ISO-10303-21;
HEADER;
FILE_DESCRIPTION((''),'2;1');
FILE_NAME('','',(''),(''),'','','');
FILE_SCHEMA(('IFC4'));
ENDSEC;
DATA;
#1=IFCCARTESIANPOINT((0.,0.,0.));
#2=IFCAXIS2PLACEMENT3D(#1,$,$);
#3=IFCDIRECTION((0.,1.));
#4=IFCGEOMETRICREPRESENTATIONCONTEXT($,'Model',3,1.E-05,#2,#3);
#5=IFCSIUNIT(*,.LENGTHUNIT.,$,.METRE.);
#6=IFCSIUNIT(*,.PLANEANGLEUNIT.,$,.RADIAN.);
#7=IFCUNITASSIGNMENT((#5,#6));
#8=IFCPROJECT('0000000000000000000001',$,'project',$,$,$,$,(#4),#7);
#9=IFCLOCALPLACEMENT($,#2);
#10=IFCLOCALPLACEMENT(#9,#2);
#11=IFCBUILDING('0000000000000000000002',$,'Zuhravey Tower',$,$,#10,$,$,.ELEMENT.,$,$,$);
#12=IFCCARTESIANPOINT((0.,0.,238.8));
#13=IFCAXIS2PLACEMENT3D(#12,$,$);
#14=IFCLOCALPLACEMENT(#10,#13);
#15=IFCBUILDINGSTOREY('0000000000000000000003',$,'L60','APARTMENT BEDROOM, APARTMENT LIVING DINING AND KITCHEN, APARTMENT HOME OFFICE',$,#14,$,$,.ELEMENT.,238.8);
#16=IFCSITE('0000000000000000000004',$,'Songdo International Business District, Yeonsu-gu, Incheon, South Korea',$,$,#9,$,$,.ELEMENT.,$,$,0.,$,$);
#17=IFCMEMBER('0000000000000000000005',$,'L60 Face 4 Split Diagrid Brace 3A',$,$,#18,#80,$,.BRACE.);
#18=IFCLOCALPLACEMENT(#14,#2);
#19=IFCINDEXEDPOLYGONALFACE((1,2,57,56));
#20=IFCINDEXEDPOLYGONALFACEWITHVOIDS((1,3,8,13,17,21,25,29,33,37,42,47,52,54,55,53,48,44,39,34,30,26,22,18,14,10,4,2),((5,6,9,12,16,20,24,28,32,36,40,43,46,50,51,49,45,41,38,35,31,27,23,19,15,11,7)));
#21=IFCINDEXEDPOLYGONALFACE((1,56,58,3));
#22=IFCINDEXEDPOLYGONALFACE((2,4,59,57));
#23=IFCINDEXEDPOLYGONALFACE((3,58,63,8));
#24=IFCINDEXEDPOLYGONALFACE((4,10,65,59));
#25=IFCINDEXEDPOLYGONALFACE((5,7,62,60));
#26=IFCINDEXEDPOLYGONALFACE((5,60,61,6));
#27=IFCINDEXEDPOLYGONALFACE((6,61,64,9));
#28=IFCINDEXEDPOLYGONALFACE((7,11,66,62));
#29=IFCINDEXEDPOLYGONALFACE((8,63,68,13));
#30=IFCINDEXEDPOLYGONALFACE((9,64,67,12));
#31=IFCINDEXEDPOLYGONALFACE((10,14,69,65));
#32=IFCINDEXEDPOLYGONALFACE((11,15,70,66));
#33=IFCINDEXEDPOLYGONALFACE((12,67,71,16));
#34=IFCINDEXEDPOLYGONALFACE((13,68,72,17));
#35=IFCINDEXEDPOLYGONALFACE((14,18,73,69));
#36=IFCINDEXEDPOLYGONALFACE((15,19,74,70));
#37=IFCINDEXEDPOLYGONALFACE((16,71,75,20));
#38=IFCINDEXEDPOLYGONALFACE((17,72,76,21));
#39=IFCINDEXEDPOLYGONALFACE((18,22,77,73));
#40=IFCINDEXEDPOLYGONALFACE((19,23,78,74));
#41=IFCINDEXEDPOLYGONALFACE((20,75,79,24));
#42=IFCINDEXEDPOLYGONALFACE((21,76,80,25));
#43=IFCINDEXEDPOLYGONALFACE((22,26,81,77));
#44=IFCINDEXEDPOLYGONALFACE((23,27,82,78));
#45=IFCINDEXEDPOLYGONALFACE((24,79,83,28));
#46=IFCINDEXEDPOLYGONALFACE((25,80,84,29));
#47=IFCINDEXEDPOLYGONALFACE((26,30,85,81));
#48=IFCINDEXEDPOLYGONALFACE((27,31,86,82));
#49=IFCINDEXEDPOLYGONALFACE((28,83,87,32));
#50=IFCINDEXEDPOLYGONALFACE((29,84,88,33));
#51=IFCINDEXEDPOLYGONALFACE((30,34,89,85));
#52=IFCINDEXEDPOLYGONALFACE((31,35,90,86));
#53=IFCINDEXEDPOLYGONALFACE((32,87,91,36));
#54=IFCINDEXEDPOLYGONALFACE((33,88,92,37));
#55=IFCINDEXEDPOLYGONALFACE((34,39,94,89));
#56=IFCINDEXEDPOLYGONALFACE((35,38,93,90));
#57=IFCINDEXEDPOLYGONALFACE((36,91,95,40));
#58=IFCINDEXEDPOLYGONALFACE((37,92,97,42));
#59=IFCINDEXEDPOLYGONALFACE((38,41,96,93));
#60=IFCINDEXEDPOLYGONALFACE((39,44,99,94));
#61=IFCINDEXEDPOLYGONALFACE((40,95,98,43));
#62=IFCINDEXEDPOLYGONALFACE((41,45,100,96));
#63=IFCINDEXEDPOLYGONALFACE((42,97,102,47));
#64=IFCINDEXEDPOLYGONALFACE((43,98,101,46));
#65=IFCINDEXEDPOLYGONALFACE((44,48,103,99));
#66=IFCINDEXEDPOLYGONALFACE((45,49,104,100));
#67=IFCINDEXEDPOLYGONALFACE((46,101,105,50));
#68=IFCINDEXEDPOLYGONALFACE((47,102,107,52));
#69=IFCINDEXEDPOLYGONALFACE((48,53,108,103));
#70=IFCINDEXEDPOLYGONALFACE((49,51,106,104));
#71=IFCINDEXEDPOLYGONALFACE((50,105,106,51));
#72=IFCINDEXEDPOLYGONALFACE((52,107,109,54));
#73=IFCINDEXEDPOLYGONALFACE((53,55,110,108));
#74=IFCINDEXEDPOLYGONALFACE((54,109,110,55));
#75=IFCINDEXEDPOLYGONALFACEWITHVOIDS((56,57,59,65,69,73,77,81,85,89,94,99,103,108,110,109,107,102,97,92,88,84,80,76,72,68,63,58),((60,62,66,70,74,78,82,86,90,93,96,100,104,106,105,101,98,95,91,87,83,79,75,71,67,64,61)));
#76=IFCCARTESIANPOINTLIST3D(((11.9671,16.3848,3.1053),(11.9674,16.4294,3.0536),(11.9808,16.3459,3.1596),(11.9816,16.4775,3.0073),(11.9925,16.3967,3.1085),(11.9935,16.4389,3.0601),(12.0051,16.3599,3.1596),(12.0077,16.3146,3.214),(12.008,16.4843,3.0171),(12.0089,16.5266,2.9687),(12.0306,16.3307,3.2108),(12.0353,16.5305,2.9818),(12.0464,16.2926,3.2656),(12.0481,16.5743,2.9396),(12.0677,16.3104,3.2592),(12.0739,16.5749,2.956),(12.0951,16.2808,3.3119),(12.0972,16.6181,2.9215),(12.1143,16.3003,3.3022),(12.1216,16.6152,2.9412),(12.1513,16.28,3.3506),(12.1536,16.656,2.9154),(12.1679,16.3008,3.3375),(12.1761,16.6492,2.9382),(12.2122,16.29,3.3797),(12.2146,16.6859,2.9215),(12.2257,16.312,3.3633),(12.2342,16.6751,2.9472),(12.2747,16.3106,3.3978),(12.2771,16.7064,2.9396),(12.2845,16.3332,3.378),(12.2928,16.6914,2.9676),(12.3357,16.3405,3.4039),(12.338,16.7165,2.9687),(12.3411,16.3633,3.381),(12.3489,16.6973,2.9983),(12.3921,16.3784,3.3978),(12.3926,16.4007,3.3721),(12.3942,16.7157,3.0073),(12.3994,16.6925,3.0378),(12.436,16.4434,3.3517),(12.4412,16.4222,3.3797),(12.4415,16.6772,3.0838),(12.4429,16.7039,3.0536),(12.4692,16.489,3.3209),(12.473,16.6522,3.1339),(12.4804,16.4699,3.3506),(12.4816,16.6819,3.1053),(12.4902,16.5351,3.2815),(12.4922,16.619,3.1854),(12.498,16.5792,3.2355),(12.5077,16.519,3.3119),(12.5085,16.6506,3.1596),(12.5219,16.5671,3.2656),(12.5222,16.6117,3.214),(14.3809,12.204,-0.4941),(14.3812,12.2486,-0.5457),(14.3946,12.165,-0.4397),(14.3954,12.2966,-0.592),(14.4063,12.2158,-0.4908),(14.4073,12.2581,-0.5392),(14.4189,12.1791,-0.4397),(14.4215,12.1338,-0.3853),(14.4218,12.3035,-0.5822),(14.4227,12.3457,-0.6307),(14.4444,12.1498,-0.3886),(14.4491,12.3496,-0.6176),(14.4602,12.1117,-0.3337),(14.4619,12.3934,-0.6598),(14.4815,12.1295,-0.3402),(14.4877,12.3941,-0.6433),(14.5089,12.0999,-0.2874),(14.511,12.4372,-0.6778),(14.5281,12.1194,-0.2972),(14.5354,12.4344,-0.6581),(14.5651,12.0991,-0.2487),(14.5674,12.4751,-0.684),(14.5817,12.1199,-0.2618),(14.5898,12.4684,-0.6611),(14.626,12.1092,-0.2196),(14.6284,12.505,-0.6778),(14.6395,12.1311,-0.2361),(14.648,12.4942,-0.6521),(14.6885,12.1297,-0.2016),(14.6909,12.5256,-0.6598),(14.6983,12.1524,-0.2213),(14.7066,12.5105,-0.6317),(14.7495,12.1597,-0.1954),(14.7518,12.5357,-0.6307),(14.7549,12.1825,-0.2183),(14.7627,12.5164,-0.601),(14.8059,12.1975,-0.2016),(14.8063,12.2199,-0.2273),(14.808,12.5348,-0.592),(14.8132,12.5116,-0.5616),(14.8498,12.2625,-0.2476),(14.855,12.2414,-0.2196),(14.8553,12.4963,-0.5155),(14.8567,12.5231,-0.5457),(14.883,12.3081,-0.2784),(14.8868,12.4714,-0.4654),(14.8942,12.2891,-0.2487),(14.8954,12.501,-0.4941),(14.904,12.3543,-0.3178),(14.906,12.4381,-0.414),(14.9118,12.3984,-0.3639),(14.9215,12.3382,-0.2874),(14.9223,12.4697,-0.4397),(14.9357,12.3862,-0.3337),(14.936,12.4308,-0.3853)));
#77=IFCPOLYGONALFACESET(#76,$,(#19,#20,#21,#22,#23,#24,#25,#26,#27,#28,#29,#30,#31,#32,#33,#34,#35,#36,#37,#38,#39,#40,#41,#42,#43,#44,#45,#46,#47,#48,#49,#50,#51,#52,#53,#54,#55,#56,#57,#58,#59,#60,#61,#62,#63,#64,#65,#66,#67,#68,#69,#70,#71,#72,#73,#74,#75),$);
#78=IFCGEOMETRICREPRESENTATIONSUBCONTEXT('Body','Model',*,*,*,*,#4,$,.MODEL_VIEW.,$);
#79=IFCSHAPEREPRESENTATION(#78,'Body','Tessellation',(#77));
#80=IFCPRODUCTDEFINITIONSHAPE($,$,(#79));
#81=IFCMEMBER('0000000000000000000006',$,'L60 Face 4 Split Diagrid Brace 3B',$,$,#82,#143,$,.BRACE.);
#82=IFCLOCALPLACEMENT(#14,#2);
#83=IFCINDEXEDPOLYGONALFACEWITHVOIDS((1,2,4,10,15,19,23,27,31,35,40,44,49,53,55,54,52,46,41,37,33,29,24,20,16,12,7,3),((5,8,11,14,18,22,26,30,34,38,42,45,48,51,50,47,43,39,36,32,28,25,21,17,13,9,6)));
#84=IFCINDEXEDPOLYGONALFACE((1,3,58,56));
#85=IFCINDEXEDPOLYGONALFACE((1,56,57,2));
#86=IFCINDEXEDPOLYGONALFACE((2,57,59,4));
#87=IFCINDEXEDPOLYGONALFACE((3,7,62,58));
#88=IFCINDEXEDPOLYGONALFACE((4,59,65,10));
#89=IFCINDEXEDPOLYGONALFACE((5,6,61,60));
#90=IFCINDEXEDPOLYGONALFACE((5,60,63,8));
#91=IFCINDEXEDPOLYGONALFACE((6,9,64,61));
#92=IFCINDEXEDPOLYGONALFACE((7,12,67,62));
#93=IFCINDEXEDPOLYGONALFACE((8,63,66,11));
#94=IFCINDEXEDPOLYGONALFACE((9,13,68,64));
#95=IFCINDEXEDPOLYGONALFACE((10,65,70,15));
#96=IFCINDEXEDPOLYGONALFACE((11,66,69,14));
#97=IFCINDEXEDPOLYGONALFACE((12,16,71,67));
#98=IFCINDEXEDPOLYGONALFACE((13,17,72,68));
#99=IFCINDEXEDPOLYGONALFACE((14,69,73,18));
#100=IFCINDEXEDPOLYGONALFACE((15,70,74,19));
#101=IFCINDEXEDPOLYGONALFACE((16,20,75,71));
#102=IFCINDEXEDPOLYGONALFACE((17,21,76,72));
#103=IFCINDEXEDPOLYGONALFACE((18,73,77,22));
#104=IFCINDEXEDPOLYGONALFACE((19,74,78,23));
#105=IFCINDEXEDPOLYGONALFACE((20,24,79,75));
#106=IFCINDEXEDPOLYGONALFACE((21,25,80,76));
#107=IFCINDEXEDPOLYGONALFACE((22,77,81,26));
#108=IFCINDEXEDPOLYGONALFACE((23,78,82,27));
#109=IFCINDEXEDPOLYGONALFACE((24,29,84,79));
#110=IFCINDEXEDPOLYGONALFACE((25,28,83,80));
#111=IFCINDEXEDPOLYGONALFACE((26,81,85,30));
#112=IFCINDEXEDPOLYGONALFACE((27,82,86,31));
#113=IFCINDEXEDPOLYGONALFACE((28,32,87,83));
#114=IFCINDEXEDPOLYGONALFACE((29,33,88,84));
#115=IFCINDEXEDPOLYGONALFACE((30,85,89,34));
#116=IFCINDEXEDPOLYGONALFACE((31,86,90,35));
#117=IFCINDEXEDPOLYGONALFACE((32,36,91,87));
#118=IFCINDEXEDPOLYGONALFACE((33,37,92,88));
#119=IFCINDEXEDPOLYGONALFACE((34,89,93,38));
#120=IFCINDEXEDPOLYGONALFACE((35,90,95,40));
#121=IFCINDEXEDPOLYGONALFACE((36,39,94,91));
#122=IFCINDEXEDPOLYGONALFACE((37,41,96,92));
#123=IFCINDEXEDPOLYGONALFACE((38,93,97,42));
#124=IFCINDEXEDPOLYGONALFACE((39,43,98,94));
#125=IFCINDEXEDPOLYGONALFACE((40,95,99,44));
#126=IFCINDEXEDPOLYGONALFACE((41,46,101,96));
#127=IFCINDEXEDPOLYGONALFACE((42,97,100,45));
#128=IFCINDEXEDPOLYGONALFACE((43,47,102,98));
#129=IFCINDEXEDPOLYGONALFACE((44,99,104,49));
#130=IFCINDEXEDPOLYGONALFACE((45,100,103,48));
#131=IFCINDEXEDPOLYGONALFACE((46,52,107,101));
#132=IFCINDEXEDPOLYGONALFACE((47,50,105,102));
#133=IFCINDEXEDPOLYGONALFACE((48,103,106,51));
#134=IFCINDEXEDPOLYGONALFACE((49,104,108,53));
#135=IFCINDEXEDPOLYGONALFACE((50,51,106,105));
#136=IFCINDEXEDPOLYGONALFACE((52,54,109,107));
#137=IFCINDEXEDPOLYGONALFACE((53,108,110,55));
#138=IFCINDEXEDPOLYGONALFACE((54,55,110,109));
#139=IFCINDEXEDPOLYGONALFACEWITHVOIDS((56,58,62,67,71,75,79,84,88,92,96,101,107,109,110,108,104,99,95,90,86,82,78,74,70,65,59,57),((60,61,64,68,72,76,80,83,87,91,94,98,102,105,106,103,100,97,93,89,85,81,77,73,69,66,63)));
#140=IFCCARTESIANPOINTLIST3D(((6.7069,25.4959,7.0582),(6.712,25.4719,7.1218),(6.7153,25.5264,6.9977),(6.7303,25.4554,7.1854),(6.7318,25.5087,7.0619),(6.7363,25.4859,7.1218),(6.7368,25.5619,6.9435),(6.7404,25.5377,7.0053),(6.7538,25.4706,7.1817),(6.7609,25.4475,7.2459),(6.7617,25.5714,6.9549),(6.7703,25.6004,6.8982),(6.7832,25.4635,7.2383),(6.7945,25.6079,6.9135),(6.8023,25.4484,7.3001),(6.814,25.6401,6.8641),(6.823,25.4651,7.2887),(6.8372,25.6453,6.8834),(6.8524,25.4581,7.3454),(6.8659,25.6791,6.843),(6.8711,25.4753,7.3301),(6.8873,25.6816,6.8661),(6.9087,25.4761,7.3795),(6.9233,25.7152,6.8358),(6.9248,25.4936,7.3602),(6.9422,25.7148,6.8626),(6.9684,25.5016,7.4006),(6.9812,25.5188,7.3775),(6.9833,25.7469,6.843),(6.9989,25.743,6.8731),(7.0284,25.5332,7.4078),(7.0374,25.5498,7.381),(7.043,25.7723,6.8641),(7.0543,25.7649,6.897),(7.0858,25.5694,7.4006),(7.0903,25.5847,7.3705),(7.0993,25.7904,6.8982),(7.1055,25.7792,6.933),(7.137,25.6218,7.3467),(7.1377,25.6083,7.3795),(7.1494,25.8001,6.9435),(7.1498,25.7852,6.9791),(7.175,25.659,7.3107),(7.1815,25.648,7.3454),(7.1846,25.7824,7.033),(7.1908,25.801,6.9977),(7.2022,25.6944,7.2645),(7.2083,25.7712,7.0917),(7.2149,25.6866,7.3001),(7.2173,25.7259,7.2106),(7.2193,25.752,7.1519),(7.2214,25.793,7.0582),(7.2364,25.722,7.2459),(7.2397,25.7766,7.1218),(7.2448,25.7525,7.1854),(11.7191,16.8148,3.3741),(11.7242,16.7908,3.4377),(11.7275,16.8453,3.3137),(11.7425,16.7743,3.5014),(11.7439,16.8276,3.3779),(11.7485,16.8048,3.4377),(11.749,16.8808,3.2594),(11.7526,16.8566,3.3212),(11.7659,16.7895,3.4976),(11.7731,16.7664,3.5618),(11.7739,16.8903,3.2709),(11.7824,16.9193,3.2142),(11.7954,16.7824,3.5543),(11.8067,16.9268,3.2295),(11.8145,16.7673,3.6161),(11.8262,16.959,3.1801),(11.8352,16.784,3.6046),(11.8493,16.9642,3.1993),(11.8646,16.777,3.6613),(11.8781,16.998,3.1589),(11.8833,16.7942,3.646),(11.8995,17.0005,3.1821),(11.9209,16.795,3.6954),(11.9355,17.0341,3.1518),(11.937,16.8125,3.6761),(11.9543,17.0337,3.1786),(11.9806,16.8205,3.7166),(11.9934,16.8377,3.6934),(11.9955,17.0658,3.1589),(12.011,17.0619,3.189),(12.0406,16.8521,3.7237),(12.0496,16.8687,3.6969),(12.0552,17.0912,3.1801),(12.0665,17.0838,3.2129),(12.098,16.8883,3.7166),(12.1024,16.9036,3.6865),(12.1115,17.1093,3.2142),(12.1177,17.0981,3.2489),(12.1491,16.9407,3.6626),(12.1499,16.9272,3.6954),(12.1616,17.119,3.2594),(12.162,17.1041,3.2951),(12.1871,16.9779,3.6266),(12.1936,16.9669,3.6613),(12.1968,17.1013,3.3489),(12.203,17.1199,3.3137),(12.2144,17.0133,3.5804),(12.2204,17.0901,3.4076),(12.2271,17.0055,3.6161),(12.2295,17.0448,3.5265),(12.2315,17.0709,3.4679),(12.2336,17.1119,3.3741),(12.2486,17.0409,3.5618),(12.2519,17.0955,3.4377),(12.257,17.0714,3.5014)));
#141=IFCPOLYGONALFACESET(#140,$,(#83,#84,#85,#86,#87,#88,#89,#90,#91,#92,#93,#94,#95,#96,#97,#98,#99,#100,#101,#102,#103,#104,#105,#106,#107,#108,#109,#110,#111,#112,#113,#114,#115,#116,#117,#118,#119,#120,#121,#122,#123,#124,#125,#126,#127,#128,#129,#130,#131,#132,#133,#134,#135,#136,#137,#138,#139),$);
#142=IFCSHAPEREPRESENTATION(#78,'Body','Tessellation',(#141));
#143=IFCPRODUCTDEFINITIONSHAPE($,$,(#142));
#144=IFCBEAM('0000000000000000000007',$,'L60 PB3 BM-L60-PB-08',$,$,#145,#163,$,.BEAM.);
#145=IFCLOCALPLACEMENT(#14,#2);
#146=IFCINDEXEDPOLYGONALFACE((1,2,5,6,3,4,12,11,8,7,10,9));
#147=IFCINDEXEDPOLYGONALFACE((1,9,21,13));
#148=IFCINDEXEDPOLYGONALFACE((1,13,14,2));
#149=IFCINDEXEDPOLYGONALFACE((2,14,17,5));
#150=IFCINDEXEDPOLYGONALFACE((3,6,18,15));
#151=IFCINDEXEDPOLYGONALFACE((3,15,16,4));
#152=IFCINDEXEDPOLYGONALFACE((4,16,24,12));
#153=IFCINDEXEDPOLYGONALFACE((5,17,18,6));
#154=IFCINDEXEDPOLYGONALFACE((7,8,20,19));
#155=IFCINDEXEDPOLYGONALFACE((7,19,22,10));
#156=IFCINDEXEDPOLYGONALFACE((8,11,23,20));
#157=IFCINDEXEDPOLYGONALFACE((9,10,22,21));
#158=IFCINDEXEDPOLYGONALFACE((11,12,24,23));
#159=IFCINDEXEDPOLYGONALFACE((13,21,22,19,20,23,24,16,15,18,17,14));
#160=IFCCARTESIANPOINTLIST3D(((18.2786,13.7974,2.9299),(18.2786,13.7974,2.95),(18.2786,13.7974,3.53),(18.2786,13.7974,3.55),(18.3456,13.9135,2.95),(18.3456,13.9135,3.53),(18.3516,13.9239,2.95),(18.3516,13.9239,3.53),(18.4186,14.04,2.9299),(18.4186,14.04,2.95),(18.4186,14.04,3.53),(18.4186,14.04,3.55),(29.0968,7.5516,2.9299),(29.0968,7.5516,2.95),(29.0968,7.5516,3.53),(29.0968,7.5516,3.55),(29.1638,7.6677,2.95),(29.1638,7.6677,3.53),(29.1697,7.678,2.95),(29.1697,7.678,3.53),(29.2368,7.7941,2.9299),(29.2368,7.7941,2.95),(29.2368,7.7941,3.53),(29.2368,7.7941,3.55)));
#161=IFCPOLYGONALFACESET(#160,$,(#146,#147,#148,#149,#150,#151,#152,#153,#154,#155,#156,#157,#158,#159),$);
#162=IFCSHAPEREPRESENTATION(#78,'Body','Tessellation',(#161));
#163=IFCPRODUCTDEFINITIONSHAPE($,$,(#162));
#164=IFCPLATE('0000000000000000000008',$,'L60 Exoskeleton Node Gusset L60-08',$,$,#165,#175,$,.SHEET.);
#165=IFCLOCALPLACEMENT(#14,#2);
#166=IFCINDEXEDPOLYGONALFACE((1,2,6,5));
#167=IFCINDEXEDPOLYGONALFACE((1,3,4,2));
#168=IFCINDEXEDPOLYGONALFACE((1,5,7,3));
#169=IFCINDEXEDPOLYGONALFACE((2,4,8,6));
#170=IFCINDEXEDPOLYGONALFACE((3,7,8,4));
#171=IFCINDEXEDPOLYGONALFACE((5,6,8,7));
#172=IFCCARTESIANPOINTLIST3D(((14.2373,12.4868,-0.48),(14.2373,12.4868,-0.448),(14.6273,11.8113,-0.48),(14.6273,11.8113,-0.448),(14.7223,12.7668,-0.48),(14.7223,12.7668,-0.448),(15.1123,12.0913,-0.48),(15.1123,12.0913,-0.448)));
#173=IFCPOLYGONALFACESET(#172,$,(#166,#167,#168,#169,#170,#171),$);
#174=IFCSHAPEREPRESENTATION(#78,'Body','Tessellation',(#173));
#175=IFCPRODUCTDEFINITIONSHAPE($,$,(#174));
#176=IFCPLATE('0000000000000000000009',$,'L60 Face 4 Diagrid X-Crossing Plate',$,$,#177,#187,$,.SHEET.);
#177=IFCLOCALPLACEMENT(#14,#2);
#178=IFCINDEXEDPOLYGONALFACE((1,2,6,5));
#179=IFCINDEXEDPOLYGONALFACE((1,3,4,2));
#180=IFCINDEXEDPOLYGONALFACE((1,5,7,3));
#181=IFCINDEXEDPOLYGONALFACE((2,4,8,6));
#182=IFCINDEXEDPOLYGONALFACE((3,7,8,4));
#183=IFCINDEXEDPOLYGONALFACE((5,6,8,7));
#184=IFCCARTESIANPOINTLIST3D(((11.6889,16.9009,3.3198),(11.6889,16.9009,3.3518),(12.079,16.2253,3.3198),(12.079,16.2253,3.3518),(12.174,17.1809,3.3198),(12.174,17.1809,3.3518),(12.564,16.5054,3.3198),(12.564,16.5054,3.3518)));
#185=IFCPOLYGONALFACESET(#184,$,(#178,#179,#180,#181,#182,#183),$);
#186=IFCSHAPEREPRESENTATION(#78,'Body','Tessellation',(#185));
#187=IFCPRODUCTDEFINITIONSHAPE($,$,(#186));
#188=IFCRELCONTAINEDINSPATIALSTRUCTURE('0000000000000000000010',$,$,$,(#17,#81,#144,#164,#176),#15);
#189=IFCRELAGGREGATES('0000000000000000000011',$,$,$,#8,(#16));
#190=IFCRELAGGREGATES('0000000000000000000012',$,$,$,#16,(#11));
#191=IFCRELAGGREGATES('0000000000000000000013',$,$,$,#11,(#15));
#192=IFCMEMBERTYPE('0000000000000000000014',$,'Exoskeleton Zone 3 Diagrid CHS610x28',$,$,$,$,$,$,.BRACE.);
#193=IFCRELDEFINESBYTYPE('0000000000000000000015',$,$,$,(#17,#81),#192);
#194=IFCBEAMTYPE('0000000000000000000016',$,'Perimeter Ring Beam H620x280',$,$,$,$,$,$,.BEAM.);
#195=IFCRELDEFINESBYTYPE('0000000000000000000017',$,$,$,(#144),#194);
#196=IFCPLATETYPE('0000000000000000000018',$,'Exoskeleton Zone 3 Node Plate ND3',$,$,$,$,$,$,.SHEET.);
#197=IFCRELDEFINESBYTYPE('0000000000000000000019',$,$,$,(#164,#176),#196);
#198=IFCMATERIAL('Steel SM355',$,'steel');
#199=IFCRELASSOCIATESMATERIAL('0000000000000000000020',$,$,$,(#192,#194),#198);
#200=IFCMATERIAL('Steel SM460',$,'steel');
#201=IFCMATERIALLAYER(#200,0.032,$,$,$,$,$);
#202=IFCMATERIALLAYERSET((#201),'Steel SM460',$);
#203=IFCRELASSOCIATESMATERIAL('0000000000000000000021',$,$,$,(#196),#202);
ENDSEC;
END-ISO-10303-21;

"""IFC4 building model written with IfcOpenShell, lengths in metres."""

from ifc_helpers import new_model, si_unit, direction, frame, origin, origin_2d, place, context, subcontext, project, spatial, rectangle, hollow_circle, i_section, extrude, material, layer, layer_set, material_profile, profile_set, type_object, element, save


model = new_model("IFC4")

# Units and contexts
model_context = context("Model", 3, precision=1e-05, world=origin(), true_north=direction((0.0, 1.0)))
body_context = subcontext(model_context, "Body", "Model", "MODEL_VIEW")
ifc_project = project(units=[si_unit("LENGTHUNIT", "METRE"), si_unit("PLANEANGLEUNIT", "RADIAN")], contexts=[model_context])

# Site, building, storey
site_placement = place(None, origin())
site = spatial("IfcSite", under=ifc_project, at=site_placement, Name="Songdo International Business District, Yeonsu-gu, Incheon, South Korea", CompositionType="ELEMENT", RefElevation=0.0)
building_placement = place(site_placement, origin())
building = spatial("IfcBuilding", under=site, at=building_placement, Name="Zuhravey Tower", CompositionType="ELEMENT")
storey_placement = place(building_placement, frame((0.0, 0.0, 238.8)))
storey = spatial("IfcBuildingStorey", under=building, at=storey_placement, Name="L60", Description="APARTMENT BEDROOM, APARTMENT LIVING DINING AND KITCHEN, APARTMENT HOME OFFICE", CompositionType="ELEMENT", Elevation=238.8)

# Members
ifc_material_1 = material(Name="Steel SM355", Category="steel")
ifc_material_profile_1 = material_profile(ifc_material_1, hollow_circle(Radius=0.3047, WallThickness=0.0281, at=origin_2d()), Name="CHS-609.6x28")
ifc_profile_set_1 = profile_set([ifc_material_profile_1], Name="Steel SM355")
member_type_1 = type_object("IfcMemberType", Name="Exoskeleton Zone 3 Diagrid CHS610x28", PredefinedType="BRACE", material=ifc_profile_set_1)
member_1_placement = place(storey_placement, frame((14.6584, 12.3174, -0.4397), z_axis=(-0.400847, 0.694297, 0.597724), x_axis=(-0.866028, -0.499995, 0.0)))
element("IfcMember", 1, at=member_1_placement, inside=storey, type_object=member_type_1, Name="L60 Face 4 Split Diagrid Brace 3A", PredefinedType="BRACE", context=body_context, shape_type="SweptSolid", body=[
    extrude(hollow_circle(Radius=0.3047, WallThickness=0.0281, at=origin_2d()), origin(), (0.0, 0.0, 1.0), 6.0217),
])
member_2_placement = place(storey_placement, frame((11.988, 16.9431, 3.4377), z_axis=(-0.469319, 0.812861, 0.34496), x_axis=(-0.866019, -0.500011, 0.0)))
element("IfcMember", 2, at=member_2_placement, inside=storey, type_object=member_type_1, Name="L60 Face 4 Split Diagrid Brace 3B", PredefinedType="BRACE", context=body_context, shape_type="SweptSolid", body=[
    extrude(hollow_circle(Radius=0.3047, WallThickness=0.0281, at=origin_2d()), origin(), (0.0, 0.0, 1.0), 10.6797),
])

# Beam
ifc_material_profile_2 = material_profile(ifc_material_1, i_section(OverallWidth=0.28, OverallDepth=0.6201, WebThickness=0.012, FlangeThickness=0.02, at=origin_2d()), Name="H-620x280x12x20")
ifc_profile_set_2 = profile_set([ifc_material_profile_2], Name="Steel SM355")
beam_type = type_object("IfcBeamType", Name="Perimeter Ring Beam H620x280", PredefinedType="BEAM", material=ifc_profile_set_2)
beam_placement = place(storey_placement, frame((18.3486, 13.9187, 3.24), z_axis=(0.866025, -0.5, 0.0), x_axis=(0.5, 0.866025, 0.0)))
element("IfcBeam", 3, at=beam_placement, inside=storey, type_object=beam_type, Name="L60 PB3 BM-L60-PB-08", PredefinedType="BEAM", context=body_context, shape_type="SweptSolid", body=[
    extrude(i_section(OverallWidth=0.28, OverallDepth=0.6201, WebThickness=0.012, FlangeThickness=0.02, at=origin_2d()), origin(), (0.0, 0.0, 1.0), 12.4917),
])

# Plates
ifc_material_2 = material(Name="Steel SM460", Category="steel")
ifc_layer_1 = layer(ifc_material_2, 0.032)
ifc_layer_set_1 = layer_set([ifc_layer_1], Name="Steel SM460")
plate_type_1 = type_object("IfcPlateType", Name="Exoskeleton Zone 3 Node Plate ND3", PredefinedType="SHEET", material=ifc_layer_set_1)
for number, where, z_axis, x_axis, name in (
    (4, (14.6748, 12.2891, -0.48), (0.0, 0.0, 1.0), (0.5, -0.866025, 0.0), "L60 Exoskeleton Node Gusset L60-08"),
    (5, (12.1265, 16.7031, 3.3198), (0.0, 0.0, 1.0), (0.5, -0.866025, 0.0), "L60 Face 4 Diagrid X-Crossing Plate"),
):
    element("IfcPlate", number, at=place(storey_placement, frame(where, z_axis=z_axis, x_axis=x_axis)), inside=storey, type_object=plate_type_1, Name=name, PredefinedType="SHEET", context=body_context, shape_type="SweptSolid", body=[
        extrude(rectangle(XDim=0.78, YDim=0.5601, at=origin_2d()), origin(), (0.0, 0.0, 1.0), 0.032),
    ])

save(model, "model.ifc")
